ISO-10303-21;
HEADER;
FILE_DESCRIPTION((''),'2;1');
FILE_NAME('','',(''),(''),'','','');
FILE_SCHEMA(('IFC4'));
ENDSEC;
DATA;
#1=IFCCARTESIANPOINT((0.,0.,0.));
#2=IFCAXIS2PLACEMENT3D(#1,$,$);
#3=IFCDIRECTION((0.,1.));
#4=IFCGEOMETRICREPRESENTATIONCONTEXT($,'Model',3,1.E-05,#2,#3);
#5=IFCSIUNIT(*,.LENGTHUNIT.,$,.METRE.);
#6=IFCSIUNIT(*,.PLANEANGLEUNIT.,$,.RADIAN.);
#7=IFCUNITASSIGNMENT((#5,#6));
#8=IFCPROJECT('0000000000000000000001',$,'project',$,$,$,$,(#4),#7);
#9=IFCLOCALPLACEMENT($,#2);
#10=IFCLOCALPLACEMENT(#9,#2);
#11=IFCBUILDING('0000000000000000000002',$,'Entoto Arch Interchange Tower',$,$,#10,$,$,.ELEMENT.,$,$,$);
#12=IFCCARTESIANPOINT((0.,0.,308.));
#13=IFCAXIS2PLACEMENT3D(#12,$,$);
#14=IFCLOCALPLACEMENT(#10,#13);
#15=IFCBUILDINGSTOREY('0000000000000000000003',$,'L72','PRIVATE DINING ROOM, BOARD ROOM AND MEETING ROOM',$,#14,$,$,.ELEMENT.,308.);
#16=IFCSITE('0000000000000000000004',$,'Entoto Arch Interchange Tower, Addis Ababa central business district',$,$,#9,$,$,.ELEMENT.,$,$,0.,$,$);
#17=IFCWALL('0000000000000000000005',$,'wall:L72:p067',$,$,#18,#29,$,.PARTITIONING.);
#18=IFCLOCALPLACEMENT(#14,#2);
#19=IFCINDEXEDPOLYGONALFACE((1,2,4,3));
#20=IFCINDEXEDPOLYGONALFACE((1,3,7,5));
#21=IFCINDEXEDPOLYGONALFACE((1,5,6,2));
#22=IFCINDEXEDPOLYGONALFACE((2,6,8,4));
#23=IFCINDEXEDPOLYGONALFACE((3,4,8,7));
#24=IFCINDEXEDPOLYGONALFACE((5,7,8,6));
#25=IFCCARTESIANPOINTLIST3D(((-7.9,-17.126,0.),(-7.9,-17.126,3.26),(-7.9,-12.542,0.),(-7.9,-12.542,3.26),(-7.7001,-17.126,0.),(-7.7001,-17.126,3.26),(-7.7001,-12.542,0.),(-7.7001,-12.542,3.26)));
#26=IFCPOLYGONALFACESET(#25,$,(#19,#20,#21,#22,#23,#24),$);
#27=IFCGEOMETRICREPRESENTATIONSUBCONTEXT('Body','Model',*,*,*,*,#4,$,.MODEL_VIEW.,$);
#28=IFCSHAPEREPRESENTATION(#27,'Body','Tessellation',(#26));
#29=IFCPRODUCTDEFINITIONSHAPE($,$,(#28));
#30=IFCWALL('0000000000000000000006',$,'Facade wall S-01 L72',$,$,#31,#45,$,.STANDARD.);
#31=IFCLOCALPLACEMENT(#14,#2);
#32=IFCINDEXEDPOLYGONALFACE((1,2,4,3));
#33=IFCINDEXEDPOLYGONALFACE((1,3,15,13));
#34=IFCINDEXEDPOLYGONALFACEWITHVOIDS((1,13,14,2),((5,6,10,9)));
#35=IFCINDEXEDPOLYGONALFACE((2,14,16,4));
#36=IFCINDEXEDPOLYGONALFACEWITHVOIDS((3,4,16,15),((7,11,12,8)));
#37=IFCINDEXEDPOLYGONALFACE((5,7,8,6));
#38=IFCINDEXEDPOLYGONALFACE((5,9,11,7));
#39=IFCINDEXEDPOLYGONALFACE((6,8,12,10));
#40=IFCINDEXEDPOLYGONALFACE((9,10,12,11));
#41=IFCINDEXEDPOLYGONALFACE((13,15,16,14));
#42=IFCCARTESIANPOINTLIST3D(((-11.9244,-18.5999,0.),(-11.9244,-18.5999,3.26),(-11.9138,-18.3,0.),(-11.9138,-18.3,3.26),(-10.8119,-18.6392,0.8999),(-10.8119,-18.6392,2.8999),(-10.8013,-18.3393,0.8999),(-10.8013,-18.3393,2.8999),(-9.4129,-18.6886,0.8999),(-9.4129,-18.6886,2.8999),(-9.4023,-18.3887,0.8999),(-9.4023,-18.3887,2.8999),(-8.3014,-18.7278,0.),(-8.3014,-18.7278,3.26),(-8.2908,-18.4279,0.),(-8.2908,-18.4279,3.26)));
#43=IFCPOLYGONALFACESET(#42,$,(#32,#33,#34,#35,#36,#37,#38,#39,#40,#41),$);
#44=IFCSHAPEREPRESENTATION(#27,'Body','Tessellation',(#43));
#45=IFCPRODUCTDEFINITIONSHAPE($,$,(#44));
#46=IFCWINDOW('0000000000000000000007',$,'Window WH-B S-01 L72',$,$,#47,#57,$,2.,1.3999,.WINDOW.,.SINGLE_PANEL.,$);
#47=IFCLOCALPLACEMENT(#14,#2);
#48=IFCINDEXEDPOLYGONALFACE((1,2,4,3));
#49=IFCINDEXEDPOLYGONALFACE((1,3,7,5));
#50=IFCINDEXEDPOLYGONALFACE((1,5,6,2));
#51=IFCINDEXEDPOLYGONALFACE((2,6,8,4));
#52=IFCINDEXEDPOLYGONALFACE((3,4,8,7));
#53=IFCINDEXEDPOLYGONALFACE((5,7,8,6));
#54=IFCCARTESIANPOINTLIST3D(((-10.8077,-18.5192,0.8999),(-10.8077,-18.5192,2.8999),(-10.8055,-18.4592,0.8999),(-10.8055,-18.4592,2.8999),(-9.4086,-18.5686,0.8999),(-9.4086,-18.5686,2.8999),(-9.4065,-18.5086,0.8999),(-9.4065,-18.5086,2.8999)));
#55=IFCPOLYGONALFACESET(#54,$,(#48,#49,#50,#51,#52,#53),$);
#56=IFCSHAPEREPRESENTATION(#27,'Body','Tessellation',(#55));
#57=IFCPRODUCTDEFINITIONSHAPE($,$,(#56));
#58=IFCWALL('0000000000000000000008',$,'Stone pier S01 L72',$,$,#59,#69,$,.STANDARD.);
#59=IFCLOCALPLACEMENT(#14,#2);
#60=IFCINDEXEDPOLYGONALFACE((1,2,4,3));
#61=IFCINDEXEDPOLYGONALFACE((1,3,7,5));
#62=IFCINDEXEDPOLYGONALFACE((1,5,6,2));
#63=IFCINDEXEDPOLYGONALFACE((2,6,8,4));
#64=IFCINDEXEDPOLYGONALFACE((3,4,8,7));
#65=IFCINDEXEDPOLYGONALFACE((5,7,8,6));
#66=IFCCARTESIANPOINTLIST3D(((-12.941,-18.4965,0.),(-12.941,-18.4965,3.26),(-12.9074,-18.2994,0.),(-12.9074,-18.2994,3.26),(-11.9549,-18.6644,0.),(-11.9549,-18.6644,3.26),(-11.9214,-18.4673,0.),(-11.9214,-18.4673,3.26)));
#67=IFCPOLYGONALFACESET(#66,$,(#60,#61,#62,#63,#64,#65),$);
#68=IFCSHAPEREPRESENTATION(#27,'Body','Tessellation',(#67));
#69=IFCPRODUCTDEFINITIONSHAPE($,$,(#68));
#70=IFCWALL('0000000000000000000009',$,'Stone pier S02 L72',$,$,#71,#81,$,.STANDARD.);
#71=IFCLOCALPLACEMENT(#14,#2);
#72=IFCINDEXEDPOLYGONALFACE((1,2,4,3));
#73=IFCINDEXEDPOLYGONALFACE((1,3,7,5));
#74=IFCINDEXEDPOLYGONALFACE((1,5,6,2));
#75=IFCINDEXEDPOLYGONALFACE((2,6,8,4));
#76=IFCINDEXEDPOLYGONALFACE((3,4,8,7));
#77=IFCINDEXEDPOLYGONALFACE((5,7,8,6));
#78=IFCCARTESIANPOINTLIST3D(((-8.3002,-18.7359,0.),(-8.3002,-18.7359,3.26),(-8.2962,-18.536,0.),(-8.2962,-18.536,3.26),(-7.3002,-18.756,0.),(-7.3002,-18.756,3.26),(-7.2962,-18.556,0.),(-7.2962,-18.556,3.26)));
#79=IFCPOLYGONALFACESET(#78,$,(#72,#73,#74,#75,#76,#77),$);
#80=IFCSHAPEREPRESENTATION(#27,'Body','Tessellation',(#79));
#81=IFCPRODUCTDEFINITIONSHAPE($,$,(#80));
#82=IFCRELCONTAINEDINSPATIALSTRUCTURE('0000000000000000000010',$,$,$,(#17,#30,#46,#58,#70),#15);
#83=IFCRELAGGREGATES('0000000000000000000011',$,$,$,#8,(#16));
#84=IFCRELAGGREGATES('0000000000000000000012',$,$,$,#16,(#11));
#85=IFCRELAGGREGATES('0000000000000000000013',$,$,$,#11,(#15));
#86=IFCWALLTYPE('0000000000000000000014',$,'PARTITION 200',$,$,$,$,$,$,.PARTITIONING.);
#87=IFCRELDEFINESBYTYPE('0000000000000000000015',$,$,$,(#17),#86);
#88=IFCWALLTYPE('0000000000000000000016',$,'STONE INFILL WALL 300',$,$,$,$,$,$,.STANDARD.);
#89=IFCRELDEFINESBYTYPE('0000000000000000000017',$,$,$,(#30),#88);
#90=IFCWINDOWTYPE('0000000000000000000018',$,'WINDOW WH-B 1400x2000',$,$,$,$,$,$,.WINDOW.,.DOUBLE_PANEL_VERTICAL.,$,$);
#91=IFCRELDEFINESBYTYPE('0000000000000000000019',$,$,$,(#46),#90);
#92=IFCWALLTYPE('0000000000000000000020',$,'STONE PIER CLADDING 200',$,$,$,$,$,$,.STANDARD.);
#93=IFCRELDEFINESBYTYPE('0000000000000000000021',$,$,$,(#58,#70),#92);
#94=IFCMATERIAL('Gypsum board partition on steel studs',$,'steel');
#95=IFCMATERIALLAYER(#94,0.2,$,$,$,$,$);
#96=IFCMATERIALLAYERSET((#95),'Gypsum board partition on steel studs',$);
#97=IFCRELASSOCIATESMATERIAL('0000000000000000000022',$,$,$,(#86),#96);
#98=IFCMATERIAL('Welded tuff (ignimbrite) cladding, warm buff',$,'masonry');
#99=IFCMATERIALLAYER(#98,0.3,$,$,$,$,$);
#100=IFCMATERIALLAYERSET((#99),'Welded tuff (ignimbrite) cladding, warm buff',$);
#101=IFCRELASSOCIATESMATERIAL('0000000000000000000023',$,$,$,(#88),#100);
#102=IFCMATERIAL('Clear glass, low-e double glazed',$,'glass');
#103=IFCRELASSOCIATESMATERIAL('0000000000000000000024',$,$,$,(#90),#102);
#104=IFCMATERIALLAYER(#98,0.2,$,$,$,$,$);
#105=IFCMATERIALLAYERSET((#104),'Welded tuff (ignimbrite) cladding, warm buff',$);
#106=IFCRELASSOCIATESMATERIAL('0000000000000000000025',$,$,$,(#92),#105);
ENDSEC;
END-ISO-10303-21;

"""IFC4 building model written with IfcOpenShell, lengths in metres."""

from ifc_helpers import new_model, si_unit, direction, frame, frame_2d, origin, place, context, subcontext, project, spatial, rectangle, extrude, material, layer, layer_set, type_object, element, fill, save


model = new_model("IFC4")

# Units and contexts
model_context = context("Model", 3, precision=1e-05, world=origin(), true_north=direction((0.0, 1.0)))
body_context = subcontext(model_context, "Body", "Model", "MODEL_VIEW")
ifc_project = project(units=[si_unit("LENGTHUNIT", "METRE"), si_unit("PLANEANGLEUNIT", "RADIAN")], contexts=[model_context])

# Site, building, storey
site_placement = place(None, origin())
site = spatial("IfcSite", under=ifc_project, at=site_placement, Name="Entoto Arch Interchange Tower, Addis Ababa central business district", CompositionType="ELEMENT", RefElevation=0.0)
building_placement = place(site_placement, origin())
building = spatial("IfcBuilding", under=site, at=building_placement, Name="Entoto Arch Interchange Tower", CompositionType="ELEMENT")
storey_placement = place(building_placement, frame((0.0, 0.0, 308.0)))
storey = spatial("IfcBuildingStorey", under=building, at=storey_placement, Name="L72", Description="PRIVATE DINING ROOM, BOARD ROOM AND MEETING ROOM", CompositionType="ELEMENT", Elevation=308.0)

# Shared definitions
ifc_material_1 = material(Name="Gypsum board partition on steel studs", Category="steel")
ifc_layer_1 = layer(ifc_material_1, 0.2)
ifc_layer_set_1 = layer_set([ifc_layer_1], Name="Gypsum board partition on steel studs")
wall_type_1 = type_object("IfcWallType", Name="PARTITION 200", PredefinedType="PARTITIONING", material=ifc_layer_set_1)

# Wall
wall_1_placement = place(storey_placement, frame((-7.8, -17.126, 0.0), z_axis=(0.0, 0.0, 1.0), x_axis=(0.0, 1.0, 0.0)))
element("IfcWall", 1, at=wall_1_placement, inside=storey, type_object=wall_type_1, Name="wall:L72:p067", PredefinedType="PARTITIONING", context=body_context, shape_type="SweptSolid", body=[
    extrude(rectangle(XDim=4.584, YDim=0.2, at=frame_2d((2.292, 0.0))), origin(), (0.0, 0.0, 1.0), 3.26),
])

# Wall, opening, window
ifc_material_2 = material(Name="Welded tuff (ignimbrite) cladding, warm buff", Category="masonry")
ifc_layer_2 = layer(ifc_material_2, 0.3)
ifc_layer_set_2 = layer_set([ifc_layer_2], Name="Welded tuff (ignimbrite) cladding, warm buff")
wall_type_2 = type_object("IfcWallType", Name="STONE INFILL WALL 300", PredefinedType="STANDARD", material=ifc_layer_set_2)
wall_2_placement = place(storey_placement, frame((-11.9189, -18.45, 0.0), z_axis=(0.0, 0.0, 1.0), x_axis=(0.999377, -0.035288, 0.0)))
wall_2 = element("IfcWall", 2, at=wall_2_placement, inside=storey, type_object=wall_type_2, Name="Facade wall S-01 L72", PredefinedType="STANDARD", context=body_context, shape_type="SweptSolid", body=[
    extrude(rectangle(XDim=3.6252, YDim=0.3, at=frame_2d((1.8125, 0.0))), origin(), (0.0, 0.0, 1.0), 3.26),
])
opening_1_placement = place(wall_2_placement, frame((1.113, 0.0, 0.8999)))
opening_1 = element("IfcOpeningElement", 3, at=opening_1_placement, cuts=wall_2, PredefinedType="OPENING", context=body_context, shape_type="SweptSolid", body=[
    extrude(rectangle(XDim=1.3999, YDim=2.0, at=frame_2d((0.7, 1.0))), frame((0.0, 0.1602, 0.0), z_axis=(0.0, -1.0, 0.0), x_axis=(1.0, 0.0, 0.0)), (0.0, 0.0, 1.0), 0.3201),
])
ifc_material_3 = material(Name="Clear glass, low-e double glazed", Category="glass")
window_type = type_object("IfcWindowType", Name="WINDOW WH-B 1400x2000", PartitioningType="DOUBLE_PANEL_VERTICAL", PredefinedType="WINDOW", material=ifc_material_3)
window_placement = place(opening_1_placement, origin())
window = element("IfcWindow", 4, at=window_placement, inside=storey, type_object=window_type, Name="Window WH-B S-01 L72", OverallHeight=2.0, OverallWidth=1.3999, PartitioningType="SINGLE_PANEL", PredefinedType="WINDOW", context=body_context, shape_type="SweptSolid", body=[
    extrude(rectangle(XDim=1.3999, YDim=2.0, at=frame_2d((0.7, 1.0))), frame((0.0, 0.03, 0.0), z_axis=(0.0, -1.0, 0.0), x_axis=(1.0, 0.0, 0.0)), (0.0, 0.0, 1.0), 0.0601),
])
fill(opening_1, window)

# Walls
ifc_layer_3 = layer(ifc_material_2, 0.2)
ifc_layer_set_3 = layer_set([ifc_layer_3], Name="Welded tuff (ignimbrite) cladding, warm buff")
wall_type_3 = type_object("IfcWallType", Name="STONE PIER CLADDING 200", PredefinedType="STANDARD", material=ifc_layer_set_3)
for number, where, z_axis, x_axis, name in (
    (5, (-12.9241, -18.3979, 0.0), (0.0, 0.0, 1.0), (0.985801, -0.16792, 0.0), "Stone pier S01 L72"),
    (6, (-8.2981, -18.636, 0.0), (0.0, 0.0, 1.0), (0.9998, -0.020016, 0.0), "Stone pier S02 L72"),
):
    element("IfcWall", number, at=place(storey_placement, frame(where, z_axis=z_axis, x_axis=x_axis)), inside=storey, type_object=wall_type_3, Name=name, PredefinedType="STANDARD", context=body_context, shape_type="SweptSolid", body=[
        extrude(rectangle(XDim=1.0002, YDim=0.2, at=frame_2d((0.5, 0.0))), origin(), (0.0, 0.0, 1.0), 3.26),
    ])

save(model, "model.ifc")
